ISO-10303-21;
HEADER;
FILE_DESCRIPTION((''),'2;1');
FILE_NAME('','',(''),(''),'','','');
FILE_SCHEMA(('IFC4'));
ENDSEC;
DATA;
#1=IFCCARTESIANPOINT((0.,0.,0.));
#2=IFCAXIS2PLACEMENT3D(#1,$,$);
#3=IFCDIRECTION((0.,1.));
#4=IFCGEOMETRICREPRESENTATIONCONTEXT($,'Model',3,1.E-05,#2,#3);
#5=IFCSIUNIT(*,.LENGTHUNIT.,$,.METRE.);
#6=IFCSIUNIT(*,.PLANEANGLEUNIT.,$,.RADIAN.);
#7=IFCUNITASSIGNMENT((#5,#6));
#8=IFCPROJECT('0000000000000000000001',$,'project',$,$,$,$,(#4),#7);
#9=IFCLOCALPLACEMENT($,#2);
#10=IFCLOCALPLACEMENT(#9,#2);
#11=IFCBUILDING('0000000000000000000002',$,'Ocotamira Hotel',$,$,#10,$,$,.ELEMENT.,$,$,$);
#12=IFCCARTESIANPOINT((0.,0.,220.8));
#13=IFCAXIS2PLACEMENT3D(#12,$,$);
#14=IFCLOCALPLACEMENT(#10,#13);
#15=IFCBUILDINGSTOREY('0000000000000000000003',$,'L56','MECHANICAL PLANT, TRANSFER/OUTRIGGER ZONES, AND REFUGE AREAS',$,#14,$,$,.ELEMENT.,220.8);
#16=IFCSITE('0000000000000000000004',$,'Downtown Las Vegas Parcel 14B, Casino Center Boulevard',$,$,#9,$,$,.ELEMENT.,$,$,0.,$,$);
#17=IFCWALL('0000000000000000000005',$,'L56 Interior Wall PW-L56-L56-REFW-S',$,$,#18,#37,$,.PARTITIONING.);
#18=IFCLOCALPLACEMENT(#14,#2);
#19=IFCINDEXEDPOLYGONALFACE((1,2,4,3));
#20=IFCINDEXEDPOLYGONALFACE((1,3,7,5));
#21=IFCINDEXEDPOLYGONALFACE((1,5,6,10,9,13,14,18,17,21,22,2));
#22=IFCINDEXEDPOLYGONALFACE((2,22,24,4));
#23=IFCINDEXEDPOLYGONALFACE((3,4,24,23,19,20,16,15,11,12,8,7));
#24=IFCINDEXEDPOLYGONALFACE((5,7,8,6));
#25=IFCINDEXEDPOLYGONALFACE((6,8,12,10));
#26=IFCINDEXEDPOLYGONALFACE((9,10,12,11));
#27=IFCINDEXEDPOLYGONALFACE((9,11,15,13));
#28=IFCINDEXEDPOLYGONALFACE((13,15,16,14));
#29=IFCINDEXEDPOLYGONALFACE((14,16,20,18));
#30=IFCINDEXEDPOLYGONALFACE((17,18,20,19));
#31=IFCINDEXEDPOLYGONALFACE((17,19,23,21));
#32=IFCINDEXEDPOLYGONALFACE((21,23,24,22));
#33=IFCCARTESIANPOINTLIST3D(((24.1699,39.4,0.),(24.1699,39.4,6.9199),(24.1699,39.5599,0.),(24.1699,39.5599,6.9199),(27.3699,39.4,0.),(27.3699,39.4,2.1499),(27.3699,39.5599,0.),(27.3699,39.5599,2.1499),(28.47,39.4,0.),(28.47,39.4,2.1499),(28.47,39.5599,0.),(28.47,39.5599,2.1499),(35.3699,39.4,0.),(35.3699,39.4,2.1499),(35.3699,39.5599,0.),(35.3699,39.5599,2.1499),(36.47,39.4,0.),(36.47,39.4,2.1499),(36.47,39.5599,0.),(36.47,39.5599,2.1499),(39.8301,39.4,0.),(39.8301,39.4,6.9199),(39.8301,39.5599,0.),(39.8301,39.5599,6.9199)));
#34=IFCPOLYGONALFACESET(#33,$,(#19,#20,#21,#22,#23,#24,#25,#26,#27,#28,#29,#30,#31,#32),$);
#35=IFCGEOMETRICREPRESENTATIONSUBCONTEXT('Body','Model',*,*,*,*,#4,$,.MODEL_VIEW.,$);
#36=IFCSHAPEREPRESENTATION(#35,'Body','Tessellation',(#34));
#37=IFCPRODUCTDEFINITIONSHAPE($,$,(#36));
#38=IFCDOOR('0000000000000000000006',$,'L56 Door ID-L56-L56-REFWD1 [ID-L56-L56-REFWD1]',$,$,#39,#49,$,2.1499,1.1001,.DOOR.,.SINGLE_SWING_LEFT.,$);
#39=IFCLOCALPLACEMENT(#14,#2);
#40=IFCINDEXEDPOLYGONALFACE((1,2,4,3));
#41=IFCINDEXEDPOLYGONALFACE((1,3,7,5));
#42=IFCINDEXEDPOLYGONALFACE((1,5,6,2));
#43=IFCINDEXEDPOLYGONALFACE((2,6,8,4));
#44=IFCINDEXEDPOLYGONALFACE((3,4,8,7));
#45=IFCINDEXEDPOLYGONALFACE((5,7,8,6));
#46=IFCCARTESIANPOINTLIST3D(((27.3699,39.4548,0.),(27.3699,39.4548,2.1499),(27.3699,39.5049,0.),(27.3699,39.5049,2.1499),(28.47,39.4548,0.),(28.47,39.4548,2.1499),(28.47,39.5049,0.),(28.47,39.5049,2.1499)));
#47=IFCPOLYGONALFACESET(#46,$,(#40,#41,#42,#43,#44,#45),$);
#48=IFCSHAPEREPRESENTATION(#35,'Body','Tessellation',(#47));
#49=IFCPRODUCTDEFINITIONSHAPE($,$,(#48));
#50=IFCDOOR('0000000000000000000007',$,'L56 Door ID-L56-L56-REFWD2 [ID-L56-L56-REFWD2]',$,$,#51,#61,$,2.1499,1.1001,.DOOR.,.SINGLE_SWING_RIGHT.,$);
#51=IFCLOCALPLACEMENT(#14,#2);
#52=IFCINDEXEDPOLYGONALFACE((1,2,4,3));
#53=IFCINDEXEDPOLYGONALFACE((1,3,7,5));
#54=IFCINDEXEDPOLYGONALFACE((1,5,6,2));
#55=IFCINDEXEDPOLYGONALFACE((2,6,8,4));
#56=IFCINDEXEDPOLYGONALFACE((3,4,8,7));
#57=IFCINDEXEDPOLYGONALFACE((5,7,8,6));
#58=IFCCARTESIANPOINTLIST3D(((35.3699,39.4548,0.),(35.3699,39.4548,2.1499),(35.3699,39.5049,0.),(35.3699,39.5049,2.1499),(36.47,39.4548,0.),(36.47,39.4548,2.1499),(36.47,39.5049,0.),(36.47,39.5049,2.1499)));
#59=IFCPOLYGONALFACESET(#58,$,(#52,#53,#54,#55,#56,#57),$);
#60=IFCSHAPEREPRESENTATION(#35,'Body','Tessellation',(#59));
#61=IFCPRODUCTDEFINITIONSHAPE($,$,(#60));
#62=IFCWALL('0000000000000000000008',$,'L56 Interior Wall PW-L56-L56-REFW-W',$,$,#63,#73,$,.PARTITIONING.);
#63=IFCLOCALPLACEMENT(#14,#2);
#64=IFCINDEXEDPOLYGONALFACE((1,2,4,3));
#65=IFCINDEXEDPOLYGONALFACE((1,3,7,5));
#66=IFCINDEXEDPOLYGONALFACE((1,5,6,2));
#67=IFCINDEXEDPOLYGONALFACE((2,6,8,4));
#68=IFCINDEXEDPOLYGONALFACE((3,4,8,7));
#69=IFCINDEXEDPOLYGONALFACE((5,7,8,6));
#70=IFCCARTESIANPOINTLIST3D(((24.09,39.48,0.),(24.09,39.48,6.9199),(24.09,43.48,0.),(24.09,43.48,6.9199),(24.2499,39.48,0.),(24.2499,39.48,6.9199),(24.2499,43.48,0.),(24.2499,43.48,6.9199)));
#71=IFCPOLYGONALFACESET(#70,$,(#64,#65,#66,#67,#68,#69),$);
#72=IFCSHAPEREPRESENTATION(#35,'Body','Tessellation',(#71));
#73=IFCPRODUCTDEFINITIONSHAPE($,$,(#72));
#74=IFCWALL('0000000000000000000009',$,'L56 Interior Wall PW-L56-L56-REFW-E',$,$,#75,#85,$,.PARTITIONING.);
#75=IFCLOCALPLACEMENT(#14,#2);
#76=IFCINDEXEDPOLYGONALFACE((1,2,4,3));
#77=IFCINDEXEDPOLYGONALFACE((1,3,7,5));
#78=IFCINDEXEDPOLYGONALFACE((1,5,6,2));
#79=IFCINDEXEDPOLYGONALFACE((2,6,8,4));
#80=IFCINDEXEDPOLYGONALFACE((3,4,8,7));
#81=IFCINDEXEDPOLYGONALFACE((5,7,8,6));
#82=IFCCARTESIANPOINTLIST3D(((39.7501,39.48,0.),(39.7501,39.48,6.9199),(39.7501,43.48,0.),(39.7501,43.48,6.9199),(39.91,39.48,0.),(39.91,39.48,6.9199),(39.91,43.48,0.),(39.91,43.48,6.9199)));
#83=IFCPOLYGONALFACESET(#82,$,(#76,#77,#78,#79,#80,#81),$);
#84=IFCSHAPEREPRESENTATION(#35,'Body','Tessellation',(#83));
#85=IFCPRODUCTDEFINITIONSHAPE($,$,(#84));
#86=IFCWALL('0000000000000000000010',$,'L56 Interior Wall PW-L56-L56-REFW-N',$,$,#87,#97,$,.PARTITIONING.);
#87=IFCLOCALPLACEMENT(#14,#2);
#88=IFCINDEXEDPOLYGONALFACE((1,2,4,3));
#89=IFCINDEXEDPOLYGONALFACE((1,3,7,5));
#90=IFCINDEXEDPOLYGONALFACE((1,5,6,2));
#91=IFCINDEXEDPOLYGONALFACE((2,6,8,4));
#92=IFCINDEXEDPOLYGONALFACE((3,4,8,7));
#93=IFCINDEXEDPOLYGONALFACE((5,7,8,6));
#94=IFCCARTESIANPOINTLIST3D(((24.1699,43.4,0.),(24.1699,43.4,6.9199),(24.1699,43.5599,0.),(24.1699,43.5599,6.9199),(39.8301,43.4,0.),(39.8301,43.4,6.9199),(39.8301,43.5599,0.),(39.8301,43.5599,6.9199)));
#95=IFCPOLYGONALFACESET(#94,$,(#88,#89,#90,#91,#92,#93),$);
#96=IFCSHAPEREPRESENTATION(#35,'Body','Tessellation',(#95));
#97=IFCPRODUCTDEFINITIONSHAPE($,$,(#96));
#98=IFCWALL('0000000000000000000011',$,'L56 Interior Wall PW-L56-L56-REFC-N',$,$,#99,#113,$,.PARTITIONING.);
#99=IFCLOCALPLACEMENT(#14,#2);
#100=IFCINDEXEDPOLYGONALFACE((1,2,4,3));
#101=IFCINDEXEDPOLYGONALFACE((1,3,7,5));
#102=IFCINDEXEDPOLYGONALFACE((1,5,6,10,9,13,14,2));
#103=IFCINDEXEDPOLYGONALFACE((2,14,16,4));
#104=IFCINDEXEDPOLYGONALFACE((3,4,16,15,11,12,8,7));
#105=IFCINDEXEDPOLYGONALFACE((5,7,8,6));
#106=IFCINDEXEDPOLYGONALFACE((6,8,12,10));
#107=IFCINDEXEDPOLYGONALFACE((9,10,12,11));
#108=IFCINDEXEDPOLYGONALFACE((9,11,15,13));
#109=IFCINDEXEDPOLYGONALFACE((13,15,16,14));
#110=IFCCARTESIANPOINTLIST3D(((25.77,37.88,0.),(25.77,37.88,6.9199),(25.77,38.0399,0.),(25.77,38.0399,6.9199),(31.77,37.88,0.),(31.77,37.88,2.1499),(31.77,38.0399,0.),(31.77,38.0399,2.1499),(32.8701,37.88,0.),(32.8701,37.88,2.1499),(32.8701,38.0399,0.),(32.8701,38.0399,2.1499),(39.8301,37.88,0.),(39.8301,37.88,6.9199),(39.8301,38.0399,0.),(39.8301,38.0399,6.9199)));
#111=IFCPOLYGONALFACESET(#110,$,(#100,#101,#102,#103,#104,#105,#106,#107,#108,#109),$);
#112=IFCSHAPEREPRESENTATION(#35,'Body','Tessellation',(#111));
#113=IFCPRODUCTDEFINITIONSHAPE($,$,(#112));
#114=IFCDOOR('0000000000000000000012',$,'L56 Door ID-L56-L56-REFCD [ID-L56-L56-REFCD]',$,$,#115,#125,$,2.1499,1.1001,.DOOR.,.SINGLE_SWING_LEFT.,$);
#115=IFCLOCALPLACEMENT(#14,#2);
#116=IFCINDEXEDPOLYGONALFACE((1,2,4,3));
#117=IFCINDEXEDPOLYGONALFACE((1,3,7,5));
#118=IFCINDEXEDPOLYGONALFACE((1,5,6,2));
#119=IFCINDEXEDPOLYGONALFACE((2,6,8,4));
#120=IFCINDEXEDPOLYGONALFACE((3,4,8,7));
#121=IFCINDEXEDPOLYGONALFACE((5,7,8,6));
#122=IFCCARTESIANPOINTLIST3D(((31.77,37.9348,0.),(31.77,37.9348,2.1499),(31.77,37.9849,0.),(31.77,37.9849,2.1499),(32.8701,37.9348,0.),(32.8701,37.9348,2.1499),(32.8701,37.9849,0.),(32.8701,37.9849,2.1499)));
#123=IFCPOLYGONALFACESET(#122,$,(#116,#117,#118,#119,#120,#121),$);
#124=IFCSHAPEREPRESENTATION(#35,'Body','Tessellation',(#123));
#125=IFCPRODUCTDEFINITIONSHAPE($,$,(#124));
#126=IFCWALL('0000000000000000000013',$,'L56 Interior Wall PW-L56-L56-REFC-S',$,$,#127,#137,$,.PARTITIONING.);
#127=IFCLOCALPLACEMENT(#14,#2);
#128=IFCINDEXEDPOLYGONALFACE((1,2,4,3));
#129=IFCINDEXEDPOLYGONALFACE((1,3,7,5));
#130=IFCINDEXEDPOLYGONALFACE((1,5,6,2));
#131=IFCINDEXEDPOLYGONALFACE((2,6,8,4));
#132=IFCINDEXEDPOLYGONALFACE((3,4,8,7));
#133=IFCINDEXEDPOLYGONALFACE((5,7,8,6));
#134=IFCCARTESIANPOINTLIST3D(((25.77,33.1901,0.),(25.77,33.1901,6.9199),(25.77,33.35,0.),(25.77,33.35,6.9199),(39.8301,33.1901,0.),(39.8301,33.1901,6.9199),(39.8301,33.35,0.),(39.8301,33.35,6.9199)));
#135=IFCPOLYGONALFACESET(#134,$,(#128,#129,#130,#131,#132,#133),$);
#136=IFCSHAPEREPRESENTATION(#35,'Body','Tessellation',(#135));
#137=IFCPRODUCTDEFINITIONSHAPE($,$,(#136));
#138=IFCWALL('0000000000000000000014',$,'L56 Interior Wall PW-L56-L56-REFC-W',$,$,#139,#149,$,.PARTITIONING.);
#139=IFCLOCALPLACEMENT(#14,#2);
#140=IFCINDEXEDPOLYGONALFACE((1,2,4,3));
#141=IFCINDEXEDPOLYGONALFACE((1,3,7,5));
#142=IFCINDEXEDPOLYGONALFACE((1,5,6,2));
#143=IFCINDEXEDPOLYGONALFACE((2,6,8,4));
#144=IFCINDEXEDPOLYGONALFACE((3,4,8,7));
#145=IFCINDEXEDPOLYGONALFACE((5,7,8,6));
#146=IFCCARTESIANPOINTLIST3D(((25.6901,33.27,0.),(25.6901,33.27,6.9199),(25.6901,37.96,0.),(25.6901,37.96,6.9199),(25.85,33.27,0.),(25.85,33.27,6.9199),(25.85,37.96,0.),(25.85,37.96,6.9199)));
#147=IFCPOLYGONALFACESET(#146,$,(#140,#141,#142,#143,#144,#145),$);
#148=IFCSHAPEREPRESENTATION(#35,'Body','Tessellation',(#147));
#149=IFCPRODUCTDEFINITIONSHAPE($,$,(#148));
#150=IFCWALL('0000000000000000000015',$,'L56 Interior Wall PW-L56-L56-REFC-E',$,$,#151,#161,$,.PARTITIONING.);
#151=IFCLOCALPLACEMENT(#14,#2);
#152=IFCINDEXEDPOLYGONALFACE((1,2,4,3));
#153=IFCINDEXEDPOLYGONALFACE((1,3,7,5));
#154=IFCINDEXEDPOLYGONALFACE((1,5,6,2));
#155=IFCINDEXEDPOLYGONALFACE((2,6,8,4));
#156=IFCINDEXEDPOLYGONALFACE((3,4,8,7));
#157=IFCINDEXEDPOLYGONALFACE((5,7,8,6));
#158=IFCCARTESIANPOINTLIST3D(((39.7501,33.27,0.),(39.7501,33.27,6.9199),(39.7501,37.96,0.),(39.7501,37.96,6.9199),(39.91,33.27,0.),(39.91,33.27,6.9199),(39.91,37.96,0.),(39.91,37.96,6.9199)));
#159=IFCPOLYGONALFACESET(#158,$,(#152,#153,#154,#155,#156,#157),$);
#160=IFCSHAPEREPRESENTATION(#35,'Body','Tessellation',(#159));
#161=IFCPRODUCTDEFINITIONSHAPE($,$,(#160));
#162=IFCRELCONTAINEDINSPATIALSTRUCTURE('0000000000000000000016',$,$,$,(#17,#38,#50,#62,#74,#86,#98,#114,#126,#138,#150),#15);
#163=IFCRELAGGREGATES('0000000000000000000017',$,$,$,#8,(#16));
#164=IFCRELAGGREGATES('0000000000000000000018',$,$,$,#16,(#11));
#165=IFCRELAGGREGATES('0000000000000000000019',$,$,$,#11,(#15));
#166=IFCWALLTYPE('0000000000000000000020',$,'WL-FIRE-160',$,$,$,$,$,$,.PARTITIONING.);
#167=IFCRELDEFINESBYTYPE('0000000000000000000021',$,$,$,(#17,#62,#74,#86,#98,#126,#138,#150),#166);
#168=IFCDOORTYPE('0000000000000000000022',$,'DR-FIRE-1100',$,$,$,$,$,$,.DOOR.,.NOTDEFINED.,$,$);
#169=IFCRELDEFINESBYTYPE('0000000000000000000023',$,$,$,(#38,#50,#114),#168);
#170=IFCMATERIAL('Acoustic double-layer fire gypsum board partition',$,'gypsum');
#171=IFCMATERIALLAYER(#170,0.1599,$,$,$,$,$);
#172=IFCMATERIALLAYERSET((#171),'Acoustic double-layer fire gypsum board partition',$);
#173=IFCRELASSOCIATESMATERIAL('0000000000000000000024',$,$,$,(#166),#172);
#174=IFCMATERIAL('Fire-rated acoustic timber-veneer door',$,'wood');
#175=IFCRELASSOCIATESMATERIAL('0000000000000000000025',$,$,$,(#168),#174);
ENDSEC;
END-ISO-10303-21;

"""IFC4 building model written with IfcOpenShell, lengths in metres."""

from ifc_helpers import new_model, si_unit, direction, frame, frame_2d, origin, place, context, subcontext, project, spatial, rectangle, extrude, source, transform, mapped, material, layer, layer_set, type_object, element, fill, save


model = new_model("IFC4")

# Units and contexts
model_context = context("Model", 3, precision=1e-05, world=origin(), true_north=direction((0.0, 1.0)))
body_context = subcontext(model_context, "Body", "Model", "MODEL_VIEW")
ifc_project = project(units=[si_unit("LENGTHUNIT", "METRE"), si_unit("PLANEANGLEUNIT", "RADIAN")], contexts=[model_context])

# Site, building, storey
site_placement = place(None, origin())
site = spatial("IfcSite", under=ifc_project, at=site_placement, Name="Downtown Las Vegas Parcel 14B, Casino Center Boulevard", CompositionType="ELEMENT", RefElevation=0.0)
building_placement = place(site_placement, origin())
building = spatial("IfcBuilding", under=site, at=building_placement, Name="Ocotamira Hotel", CompositionType="ELEMENT")
storey_placement = place(building_placement, frame((0.0, 0.0, 220.8)))
storey = spatial("IfcBuildingStorey", under=building, at=storey_placement, Name="L56", Description="MECHANICAL PLANT, TRANSFER/OUTRIGGER ZONES, AND REFUGE AREAS", CompositionType="ELEMENT", Elevation=220.8)

# Wall, openings, doors
ifc_material_1 = material(Name="Acoustic double-layer fire gypsum board partition", Category="gypsum")
ifc_layer_1 = layer(ifc_material_1, 0.1599)
ifc_layer_set_1 = layer_set([ifc_layer_1], Name="Acoustic double-layer fire gypsum board partition")
wall_type = type_object("IfcWallType", Name="WL-FIRE-160", PredefinedType="PARTITIONING", material=ifc_layer_set_1)
wall_1_placement = place(storey_placement, frame((24.1699, 39.48, 0.0), z_axis=(0.0, 0.0, 1.0), x_axis=(1.0, 0.0, 0.0)))
wall_1 = element("IfcWall", 1, at=wall_1_placement, inside=storey, type_object=wall_type, Name="L56 Interior Wall PW-L56-L56-REFW-S", PredefinedType="PARTITIONING", context=body_context, shape_type="SweptSolid", body=[
    extrude(rectangle(XDim=15.6602, YDim=0.1599, at=frame_2d((7.8301, 0.0))), origin(), (0.0, 0.0, 1.0), 6.9199),
])
opening_1_placement = place(wall_1_placement, frame((3.2, 0.0, 0.0)))
opening_1 = element("IfcOpeningElement", 2, at=opening_1_placement, cuts=wall_1, PredefinedType="OPENING", context=body_context, shape_type="SweptSolid", body=[
    extrude(rectangle(XDim=1.1001, YDim=2.1499, at=frame_2d((0.55, 1.075))), frame((0.0, 0.0898, 0.0), z_axis=(0.0, -1.0, 0.0), x_axis=(1.0, 0.0, 0.0)), (0.0, 0.0, 1.0), 0.1799),
])
opening_2_placement = place(wall_1_placement, frame((11.2, 0.0, 0.0)))
opening_2 = element("IfcOpeningElement", 3, at=opening_2_placement, cuts=wall_1, PredefinedType="OPENING", context=body_context, shape_type="SweptSolid", body=[
    extrude(rectangle(XDim=1.1001, YDim=2.1499, at=frame_2d((0.55, 1.075))), frame((0.0, 0.0898, 0.0), z_axis=(0.0, -1.0, 0.0), x_axis=(1.0, 0.0, 0.0)), (0.0, 0.0, 1.0), 0.1799),
])
ifc_material_2 = material(Name="Fire-rated acoustic timber-veneer door", Category="wood")
door_type = type_object("IfcDoorType", Name="DR-FIRE-1100", OperationType="NOTDEFINED", PredefinedType="DOOR", material=ifc_material_2)
shared_shape_1 = source(origin(), body_context, "Body", "SweptSolid", [
    extrude(rectangle(XDim=1.1001, YDim=2.1499, at=frame_2d((0.55, 1.075))), frame((0.0, 0.0249, 0.0), z_axis=(0.0, -1.0, 0.0), x_axis=(1.0, 0.0, 0.0)), (0.0, 0.0, 1.0), 0.05),
])
door_1_placement = place(opening_1_placement, origin())
door_1 = element("IfcDoor", 4, at=door_1_placement, inside=storey, type_object=door_type, Name="L56 Door ID-L56-L56-REFWD1 [ID-L56-L56-REFWD1]", OperationType="SINGLE_SWING_LEFT", OverallHeight=2.1499, OverallWidth=1.1001, PredefinedType="DOOR", context=body_context, shape_type="MappedRepresentation", body=[
    mapped(shared_shape_1, transform((0.0, 0.0, 0.0), scale=1.0)),
])
fill(opening_1, door_1)
door_2_placement = place(opening_2_placement, origin())
door_2 = element("IfcDoor", 5, at=door_2_placement, inside=storey, type_object=door_type, Name="L56 Door ID-L56-L56-REFWD2 [ID-L56-L56-REFWD2]", OperationType="SINGLE_SWING_RIGHT", OverallHeight=2.1499, OverallWidth=1.1001, PredefinedType="DOOR", context=body_context, shape_type="MappedRepresentation", body=[
    mapped(shared_shape_1, transform((0.0, 0.0, 0.0), scale=1.0)),
])
fill(opening_2, door_2)

# Walls
for number, where, z_axis, x_axis, name in (
    (6, (24.1699, 39.48, 0.0), (0.0, 0.0, 1.0), (0.0, 1.0, 0.0), "L56 Interior Wall PW-L56-L56-REFW-W"),
    (7, (39.8301, 39.48, 0.0), (0.0, 0.0, 1.0), (0.0, 1.0, 0.0), "L56 Interior Wall PW-L56-L56-REFW-E"),
):
    element("IfcWall", number, at=place(storey_placement, frame(where, z_axis=z_axis, x_axis=x_axis)), inside=storey, type_object=wall_type, Name=name, PredefinedType="PARTITIONING", context=body_context, shape_type="SweptSolid", body=[
        extrude(rectangle(XDim=4.0, YDim=0.1599, at=frame_2d((2.0, 0.0))), origin(), (0.0, 0.0, 1.0), 6.9199),
    ])
wall_2_placement = place(storey_placement, frame((24.1699, 43.48, 0.0), z_axis=(0.0, 0.0, 1.0), x_axis=(1.0, 0.0, 0.0)))
element("IfcWall", 8, at=wall_2_placement, inside=storey, type_object=wall_type, Name="L56 Interior Wall PW-L56-L56-REFW-N", PredefinedType="PARTITIONING", context=body_context, shape_type="SweptSolid", body=[
    extrude(rectangle(XDim=15.6602, YDim=0.1599, at=frame_2d((7.8301, 0.0))), origin(), (0.0, 0.0, 1.0), 6.9199),
])

# Wall, opening, door
wall_3_placement = place(storey_placement, frame((25.77, 37.96, 0.0), z_axis=(0.0, 0.0, 1.0), x_axis=(1.0, 0.0, 0.0)))
wall_3 = element("IfcWall", 9, at=wall_3_placement, inside=storey, type_object=wall_type, Name="L56 Interior Wall PW-L56-L56-REFC-N", PredefinedType="PARTITIONING", context=body_context, shape_type="SweptSolid", body=[
    extrude(rectangle(XDim=14.0601, YDim=0.1599, at=frame_2d((7.03, 0.0))), origin(), (0.0, 0.0, 1.0), 6.9199),
])
opening_3_placement = place(wall_3_placement, frame((6.0, 0.0, 0.0)))
opening_3 = element("IfcOpeningElement", 10, at=opening_3_placement, cuts=wall_3, PredefinedType="OPENING", context=body_context, shape_type="SweptSolid", body=[
    extrude(rectangle(XDim=1.1001, YDim=2.1499, at=frame_2d((0.55, 1.075))), frame((0.0, 0.0898, 0.0), z_axis=(0.0, -1.0, 0.0), x_axis=(1.0, 0.0, 0.0)), (0.0, 0.0, 1.0), 0.1799),
])
door_3_placement = place(opening_3_placement, origin())
door_3 = element("IfcDoor", 11, at=door_3_placement, inside=storey, type_object=door_type, Name="L56 Door ID-L56-L56-REFCD [ID-L56-L56-REFCD]", OperationType="SINGLE_SWING_LEFT", OverallHeight=2.1499, OverallWidth=1.1001, PredefinedType="DOOR", context=body_context, shape_type="MappedRepresentation", body=[
    mapped(shared_shape_1, transform((0.0, 0.0, 0.0), scale=1.0)),
])
fill(opening_3, door_3)

# Walls
wall_4_placement = place(storey_placement, frame((25.77, 33.27, 0.0), z_axis=(0.0, 0.0, 1.0), x_axis=(1.0, 0.0, 0.0)))
element("IfcWall", 12, at=wall_4_placement, inside=storey, type_object=wall_type, Name="L56 Interior Wall PW-L56-L56-REFC-S", PredefinedType="PARTITIONING", context=body_context, shape_type="SweptSolid", body=[
    extrude(rectangle(XDim=14.0601, YDim=0.1599, at=frame_2d((7.03, 0.0))), origin(), (0.0, 0.0, 1.0), 6.9199),
])
for number, where, z_axis, x_axis, name in (
    (13, (25.77, 33.27, 0.0), (0.0, 0.0, 1.0), (0.0, 1.0, 0.0), "L56 Interior Wall PW-L56-L56-REFC-W"),
    (14, (39.8301, 33.27, 0.0), (0.0, 0.0, 1.0), (0.0, 1.0, 0.0), "L56 Interior Wall PW-L56-L56-REFC-E"),
):
    element("IfcWall", number, at=place(storey_placement, frame(where, z_axis=z_axis, x_axis=x_axis)), inside=storey, type_object=wall_type, Name=name, PredefinedType="PARTITIONING", context=body_context, shape_type="SweptSolid", body=[
        extrude(rectangle(XDim=4.6899, YDim=0.1599, at=frame_2d((2.345, 0.0))), origin(), (0.0, 0.0, 1.0), 6.9199),
    ])

save(model, "model.ifc")
